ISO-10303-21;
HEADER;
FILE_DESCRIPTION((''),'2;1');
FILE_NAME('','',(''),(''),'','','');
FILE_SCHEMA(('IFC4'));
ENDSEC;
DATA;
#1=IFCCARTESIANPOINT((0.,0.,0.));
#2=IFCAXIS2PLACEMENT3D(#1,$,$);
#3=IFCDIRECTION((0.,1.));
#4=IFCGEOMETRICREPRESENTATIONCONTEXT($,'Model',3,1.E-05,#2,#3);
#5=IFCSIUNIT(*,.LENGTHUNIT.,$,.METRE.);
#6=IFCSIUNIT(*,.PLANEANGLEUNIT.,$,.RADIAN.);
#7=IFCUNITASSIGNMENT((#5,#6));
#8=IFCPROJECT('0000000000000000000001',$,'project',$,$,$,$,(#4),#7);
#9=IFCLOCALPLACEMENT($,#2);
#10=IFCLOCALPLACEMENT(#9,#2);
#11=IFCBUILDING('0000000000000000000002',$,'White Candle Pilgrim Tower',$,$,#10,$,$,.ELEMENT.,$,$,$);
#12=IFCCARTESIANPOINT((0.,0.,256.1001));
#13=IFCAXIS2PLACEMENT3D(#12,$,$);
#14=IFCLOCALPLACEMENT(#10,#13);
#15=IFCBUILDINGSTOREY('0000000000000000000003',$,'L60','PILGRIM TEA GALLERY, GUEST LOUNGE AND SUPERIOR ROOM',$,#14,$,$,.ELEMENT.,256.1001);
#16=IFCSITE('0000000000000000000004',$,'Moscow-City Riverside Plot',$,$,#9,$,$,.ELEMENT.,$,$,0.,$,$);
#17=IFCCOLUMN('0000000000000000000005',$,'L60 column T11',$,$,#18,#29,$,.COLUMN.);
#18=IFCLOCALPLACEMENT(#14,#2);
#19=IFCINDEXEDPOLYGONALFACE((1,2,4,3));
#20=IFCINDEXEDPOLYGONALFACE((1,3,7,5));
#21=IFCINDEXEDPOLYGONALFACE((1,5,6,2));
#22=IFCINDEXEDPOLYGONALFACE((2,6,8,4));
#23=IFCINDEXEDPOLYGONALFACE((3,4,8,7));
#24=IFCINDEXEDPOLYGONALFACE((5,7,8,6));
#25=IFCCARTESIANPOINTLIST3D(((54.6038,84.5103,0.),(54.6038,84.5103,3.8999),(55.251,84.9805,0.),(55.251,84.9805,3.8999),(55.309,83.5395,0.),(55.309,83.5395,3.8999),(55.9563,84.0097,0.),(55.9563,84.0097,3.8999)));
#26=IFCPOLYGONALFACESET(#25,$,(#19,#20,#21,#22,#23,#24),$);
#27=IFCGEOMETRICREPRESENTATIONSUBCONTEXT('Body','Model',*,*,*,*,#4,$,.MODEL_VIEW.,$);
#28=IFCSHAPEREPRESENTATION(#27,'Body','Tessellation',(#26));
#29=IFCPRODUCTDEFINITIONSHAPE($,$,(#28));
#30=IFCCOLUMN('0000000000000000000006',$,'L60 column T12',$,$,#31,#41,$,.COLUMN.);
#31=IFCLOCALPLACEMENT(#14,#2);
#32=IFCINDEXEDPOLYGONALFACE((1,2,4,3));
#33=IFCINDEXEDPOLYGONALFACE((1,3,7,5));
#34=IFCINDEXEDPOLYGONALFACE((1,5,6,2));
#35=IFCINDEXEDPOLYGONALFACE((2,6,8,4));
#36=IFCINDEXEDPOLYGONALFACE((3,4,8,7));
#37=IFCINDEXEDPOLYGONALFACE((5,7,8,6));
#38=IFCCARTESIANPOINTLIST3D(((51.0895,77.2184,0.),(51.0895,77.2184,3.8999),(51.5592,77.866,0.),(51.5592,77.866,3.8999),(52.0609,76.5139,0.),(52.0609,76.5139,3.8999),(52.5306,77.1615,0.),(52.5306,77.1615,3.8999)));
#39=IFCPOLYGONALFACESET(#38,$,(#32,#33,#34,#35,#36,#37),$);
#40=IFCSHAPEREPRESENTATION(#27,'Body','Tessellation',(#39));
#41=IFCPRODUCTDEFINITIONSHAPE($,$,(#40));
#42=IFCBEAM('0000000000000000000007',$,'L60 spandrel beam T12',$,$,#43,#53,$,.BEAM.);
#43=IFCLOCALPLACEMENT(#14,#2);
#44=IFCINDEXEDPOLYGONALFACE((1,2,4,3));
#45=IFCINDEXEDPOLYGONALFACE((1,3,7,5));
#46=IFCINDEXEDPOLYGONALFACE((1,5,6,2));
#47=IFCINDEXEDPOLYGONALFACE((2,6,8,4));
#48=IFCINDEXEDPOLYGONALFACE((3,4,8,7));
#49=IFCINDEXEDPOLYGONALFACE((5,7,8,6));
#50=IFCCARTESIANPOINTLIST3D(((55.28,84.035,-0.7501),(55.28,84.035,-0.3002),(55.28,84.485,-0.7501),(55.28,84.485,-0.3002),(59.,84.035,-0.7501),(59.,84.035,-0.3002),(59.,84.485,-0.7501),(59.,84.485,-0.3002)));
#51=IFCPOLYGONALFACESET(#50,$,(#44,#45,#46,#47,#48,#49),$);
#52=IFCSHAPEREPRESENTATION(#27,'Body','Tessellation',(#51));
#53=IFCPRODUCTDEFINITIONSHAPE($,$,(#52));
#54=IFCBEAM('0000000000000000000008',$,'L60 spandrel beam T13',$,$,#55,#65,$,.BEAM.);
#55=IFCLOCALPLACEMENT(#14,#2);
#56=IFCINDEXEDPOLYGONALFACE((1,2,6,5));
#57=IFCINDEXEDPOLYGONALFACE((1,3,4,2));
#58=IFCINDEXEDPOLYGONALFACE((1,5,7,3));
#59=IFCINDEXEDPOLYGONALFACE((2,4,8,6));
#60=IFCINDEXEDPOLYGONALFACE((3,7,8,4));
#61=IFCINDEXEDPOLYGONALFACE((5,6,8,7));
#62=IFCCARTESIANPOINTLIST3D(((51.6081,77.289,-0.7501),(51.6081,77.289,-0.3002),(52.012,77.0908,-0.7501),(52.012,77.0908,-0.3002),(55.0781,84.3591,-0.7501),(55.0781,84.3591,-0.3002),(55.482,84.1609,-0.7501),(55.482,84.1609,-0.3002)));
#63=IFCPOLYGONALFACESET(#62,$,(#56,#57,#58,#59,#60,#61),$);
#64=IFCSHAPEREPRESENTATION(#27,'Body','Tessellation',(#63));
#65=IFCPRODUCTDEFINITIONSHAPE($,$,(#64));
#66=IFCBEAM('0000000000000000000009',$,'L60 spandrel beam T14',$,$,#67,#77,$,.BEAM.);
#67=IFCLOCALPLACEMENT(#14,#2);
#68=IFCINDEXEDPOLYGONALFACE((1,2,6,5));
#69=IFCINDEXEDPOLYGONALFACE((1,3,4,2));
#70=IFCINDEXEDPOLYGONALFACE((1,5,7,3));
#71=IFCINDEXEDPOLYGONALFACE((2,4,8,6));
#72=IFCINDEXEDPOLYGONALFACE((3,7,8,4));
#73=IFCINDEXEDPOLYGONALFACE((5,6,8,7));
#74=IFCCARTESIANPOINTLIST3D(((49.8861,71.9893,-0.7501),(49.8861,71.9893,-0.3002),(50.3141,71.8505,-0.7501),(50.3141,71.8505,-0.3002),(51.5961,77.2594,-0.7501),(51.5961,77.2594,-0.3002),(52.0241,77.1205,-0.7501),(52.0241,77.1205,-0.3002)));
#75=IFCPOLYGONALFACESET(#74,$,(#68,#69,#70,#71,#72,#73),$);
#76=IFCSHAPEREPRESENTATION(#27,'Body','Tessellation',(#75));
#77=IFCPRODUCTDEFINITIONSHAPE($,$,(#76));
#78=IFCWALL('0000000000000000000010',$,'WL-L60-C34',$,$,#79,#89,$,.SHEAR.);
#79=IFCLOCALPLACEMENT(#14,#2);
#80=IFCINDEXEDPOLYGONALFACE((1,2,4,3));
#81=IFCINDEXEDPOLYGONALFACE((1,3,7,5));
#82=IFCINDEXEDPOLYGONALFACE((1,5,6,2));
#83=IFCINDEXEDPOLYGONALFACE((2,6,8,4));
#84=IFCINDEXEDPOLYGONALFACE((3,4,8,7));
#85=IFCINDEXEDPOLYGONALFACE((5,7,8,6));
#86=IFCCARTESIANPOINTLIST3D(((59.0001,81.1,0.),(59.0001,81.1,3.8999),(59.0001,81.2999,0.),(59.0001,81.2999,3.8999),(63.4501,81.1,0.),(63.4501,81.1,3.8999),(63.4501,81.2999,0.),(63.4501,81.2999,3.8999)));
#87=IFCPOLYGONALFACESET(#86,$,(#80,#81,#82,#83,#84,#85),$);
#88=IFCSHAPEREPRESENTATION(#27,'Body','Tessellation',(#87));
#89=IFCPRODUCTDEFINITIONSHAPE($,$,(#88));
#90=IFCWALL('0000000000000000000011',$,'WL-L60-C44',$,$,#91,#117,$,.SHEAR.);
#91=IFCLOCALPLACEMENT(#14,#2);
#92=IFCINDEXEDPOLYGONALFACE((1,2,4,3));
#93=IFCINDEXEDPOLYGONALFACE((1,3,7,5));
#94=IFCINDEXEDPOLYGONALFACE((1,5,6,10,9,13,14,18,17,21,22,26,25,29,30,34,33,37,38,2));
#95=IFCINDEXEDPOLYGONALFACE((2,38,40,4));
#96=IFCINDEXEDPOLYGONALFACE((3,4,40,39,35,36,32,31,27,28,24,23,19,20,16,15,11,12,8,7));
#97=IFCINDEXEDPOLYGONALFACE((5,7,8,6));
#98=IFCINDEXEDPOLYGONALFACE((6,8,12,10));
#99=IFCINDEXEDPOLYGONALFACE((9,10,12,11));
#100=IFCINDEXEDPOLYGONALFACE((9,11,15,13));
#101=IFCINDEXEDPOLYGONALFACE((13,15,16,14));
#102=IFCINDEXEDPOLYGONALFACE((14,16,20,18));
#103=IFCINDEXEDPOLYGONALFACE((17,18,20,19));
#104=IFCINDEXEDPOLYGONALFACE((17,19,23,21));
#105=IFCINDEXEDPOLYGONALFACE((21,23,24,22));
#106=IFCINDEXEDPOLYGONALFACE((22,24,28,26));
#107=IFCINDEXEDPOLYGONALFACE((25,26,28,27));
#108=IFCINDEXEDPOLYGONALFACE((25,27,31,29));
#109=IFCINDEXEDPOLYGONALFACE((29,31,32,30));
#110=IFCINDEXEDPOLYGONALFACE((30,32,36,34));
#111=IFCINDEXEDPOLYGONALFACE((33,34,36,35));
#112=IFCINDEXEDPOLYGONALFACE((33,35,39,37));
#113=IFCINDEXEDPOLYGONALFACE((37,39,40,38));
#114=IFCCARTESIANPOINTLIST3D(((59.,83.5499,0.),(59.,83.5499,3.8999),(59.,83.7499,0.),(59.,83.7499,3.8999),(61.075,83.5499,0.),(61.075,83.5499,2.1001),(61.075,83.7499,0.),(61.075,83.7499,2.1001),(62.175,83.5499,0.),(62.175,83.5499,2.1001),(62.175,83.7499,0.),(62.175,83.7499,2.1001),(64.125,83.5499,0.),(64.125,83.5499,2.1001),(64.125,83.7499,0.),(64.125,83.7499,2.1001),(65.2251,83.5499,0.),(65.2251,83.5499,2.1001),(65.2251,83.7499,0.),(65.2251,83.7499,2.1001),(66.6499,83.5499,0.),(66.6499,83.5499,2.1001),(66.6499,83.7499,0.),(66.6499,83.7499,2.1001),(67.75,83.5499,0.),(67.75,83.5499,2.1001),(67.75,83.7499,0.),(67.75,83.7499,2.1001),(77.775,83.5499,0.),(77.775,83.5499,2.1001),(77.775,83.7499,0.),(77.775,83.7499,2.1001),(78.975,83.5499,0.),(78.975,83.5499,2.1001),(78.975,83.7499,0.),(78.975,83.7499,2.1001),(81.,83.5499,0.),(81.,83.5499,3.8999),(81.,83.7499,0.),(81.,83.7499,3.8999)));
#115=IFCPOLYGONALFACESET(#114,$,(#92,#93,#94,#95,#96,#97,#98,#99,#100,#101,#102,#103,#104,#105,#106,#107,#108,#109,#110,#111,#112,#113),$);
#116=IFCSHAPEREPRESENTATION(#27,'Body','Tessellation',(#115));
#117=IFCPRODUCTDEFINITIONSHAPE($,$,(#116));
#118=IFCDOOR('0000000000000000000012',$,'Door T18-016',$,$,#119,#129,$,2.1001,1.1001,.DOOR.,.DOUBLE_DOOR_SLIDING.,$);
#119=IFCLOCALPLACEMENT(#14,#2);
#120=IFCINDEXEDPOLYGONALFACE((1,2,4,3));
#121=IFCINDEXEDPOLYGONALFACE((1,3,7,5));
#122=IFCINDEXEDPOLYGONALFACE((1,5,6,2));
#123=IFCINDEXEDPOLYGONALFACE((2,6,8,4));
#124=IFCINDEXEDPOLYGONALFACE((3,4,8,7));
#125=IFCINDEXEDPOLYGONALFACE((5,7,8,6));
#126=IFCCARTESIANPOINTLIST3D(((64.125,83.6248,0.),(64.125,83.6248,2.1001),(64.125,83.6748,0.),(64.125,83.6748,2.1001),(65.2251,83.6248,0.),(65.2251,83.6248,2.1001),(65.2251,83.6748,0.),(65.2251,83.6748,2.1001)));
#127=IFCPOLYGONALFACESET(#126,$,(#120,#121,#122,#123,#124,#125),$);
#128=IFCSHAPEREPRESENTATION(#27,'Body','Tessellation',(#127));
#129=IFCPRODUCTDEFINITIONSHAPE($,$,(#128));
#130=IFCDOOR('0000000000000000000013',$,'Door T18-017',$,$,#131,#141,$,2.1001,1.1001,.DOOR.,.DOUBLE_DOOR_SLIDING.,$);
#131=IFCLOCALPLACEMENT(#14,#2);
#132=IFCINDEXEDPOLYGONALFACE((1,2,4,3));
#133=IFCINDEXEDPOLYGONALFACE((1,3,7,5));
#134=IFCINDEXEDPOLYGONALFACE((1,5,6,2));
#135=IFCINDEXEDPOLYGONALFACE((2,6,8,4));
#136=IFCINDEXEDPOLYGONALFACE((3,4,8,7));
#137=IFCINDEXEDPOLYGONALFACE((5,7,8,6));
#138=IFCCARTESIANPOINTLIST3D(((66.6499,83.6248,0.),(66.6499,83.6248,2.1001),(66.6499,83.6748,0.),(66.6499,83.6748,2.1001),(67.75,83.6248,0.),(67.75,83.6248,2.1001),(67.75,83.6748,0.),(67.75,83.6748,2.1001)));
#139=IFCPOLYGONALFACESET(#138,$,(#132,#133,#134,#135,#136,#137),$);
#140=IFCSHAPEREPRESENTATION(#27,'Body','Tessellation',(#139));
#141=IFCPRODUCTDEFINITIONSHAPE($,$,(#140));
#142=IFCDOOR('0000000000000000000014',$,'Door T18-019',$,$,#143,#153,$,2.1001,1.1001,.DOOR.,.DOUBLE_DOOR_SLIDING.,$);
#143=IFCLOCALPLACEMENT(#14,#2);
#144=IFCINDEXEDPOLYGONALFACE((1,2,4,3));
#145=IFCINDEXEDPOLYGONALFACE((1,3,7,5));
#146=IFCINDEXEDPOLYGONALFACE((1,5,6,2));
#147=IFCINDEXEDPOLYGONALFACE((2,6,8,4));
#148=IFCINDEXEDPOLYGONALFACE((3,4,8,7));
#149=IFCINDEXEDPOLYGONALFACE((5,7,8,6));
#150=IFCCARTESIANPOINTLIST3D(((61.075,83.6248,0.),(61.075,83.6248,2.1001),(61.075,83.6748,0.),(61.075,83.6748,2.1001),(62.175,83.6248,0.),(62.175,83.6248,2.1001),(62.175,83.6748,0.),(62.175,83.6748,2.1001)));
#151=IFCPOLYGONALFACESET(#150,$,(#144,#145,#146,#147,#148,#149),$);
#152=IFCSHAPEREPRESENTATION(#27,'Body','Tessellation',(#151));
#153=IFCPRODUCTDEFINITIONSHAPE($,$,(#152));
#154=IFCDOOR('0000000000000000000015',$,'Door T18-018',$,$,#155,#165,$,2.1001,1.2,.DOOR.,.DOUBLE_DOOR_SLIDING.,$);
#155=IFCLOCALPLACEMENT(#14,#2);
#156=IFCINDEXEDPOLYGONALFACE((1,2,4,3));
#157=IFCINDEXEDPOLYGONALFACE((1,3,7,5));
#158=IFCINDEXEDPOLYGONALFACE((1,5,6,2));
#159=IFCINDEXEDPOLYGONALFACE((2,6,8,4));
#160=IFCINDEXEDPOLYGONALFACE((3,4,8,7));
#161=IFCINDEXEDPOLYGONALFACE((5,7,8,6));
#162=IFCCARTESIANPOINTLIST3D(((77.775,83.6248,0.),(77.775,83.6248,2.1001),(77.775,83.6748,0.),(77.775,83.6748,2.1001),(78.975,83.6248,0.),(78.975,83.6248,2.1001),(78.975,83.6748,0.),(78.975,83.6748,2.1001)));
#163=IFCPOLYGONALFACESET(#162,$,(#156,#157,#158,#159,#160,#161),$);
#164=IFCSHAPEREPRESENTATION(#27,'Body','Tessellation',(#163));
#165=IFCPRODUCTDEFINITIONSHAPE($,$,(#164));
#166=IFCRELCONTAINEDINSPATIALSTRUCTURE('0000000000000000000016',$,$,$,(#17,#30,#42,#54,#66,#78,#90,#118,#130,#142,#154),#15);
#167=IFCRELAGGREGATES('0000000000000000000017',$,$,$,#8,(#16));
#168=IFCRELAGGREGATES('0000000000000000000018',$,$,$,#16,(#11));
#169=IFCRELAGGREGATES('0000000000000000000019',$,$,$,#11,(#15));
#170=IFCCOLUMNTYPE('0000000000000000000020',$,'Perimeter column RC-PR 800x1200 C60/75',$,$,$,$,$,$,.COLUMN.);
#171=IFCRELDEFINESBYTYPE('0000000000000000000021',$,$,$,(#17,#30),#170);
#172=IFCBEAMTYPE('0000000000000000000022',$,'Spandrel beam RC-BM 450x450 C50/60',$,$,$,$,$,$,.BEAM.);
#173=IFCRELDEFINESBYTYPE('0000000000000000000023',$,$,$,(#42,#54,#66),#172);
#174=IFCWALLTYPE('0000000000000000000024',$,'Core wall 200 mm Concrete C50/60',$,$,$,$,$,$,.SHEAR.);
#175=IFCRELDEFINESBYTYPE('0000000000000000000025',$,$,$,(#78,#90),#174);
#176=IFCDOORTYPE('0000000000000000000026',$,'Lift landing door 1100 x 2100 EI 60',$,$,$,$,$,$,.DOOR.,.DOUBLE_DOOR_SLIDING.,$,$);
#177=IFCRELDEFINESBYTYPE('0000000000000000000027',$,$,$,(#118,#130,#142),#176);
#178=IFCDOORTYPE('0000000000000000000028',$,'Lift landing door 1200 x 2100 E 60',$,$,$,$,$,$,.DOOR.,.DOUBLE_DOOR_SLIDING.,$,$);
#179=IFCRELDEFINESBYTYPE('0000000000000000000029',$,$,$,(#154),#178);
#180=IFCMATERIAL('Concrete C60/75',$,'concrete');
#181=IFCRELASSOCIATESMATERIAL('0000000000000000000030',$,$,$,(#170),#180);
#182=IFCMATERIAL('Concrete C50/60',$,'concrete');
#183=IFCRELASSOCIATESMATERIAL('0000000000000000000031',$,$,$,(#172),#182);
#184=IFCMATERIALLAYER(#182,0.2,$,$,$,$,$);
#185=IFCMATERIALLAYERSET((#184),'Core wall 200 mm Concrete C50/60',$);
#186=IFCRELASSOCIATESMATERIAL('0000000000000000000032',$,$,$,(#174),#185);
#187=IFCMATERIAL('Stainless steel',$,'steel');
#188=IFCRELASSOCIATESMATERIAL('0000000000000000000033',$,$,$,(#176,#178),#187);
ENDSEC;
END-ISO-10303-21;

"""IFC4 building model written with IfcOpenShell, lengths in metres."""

from ifc_helpers import new_model, si_unit, direction, frame, frame_2d, origin, origin_2d, place, context, subcontext, project, spatial, rectangle, extrude, material, layer, layer_set, material_profile, profile_set, type_object, element, fill, save


model = new_model("IFC4")

# Units and contexts
model_context = context("Model", 3, precision=1e-05, world=origin(), true_north=direction((0.0, 1.0)))
body_context = subcontext(model_context, "Body", "Model", "MODEL_VIEW")
ifc_project = project(units=[si_unit("LENGTHUNIT", "METRE"), si_unit("PLANEANGLEUNIT", "RADIAN")], contexts=[model_context])

# Site, building, storey
site_placement = place(None, origin())
site = spatial("IfcSite", under=ifc_project, at=site_placement, Name="Moscow-City Riverside Plot", CompositionType="ELEMENT", RefElevation=0.0)
building_placement = place(site_placement, origin())
building = spatial("IfcBuilding", under=site, at=building_placement, Name="White Candle Pilgrim Tower", CompositionType="ELEMENT")
storey_placement = place(building_placement, frame((0.0, 0.0, 256.1001)))
storey = spatial("IfcBuildingStorey", under=building, at=storey_placement, Name="L60", Description="PILGRIM TEA GALLERY, GUEST LOUNGE AND SUPERIOR ROOM", CompositionType="ELEMENT", Elevation=256.1001)

# Columns
ifc_material_1 = material(Name="Concrete C60/75", Category="concrete")
ifc_material_profile_1 = material_profile(ifc_material_1, rectangle(XDim=0.8, YDim=1.2, at=origin_2d()), Name="RC-PR 800x1200")
ifc_profile_set_1 = profile_set([ifc_material_profile_1], Name="Concrete C60/75")
column_type = type_object("IfcColumnType", Name="Perimeter column RC-PR 800x1200 C60/75", PredefinedType="COLUMN", material=ifc_profile_set_1)
for number, where, z_axis, x_axis, name in (
    (1, (55.28, 84.26, 0.0), (0.0, 0.0, 1.0), (0.809027, 0.587771, 0.0), "L60 column T11"),
    (2, (51.8101, 77.1899, 0.0), (0.0, 0.0, 1.0), (0.587107, 0.809509, 0.0), "L60 column T12"),
):
    element("IfcColumn", number, at=place(storey_placement, frame(where, z_axis=z_axis, x_axis=x_axis)), inside=storey, type_object=column_type, Name=name, PredefinedType="COLUMN", context=body_context, shape_type="SweptSolid", body=[
        extrude(rectangle(XDim=0.8, YDim=1.2, at=origin_2d()), origin(), (0.0, 0.0, 1.0), 3.8999),
    ])

# Beams
ifc_material_2 = material(Name="Concrete C50/60", Category="concrete")
ifc_material_profile_2 = material_profile(ifc_material_2, rectangle(XDim=0.45, YDim=0.45, at=origin_2d()), Name="RC-BM 450x450")
ifc_profile_set_2 = profile_set([ifc_material_profile_2], Name="Concrete C50/60")
beam_type = type_object("IfcBeamType", Name="Spandrel beam RC-BM 450x450 C50/60", PredefinedType="BEAM", material=ifc_profile_set_2)
beam_1_placement = place(storey_placement, frame((55.28, 84.26, -0.5251), z_axis=(1.0, 0.0, 0.0), x_axis=(0.0, 1.0, 0.0)))
element("IfcBeam", 3, at=beam_1_placement, inside=storey, type_object=beam_type, Name="L60 spandrel beam T12", PredefinedType="BEAM", context=body_context, shape_type="SweptSolid", body=[
    extrude(rectangle(XDim=0.45, YDim=0.45, at=origin_2d()), origin(), (0.0, 0.0, 1.0), 3.72),
])
beam_2_placement = place(storey_placement, frame((55.28, 84.26, -0.5251), z_axis=(-0.440592, -0.897707, 0.0), x_axis=(0.897707, -0.440592, 0.0)))
element("IfcBeam", 4, at=beam_2_placement, inside=storey, type_object=beam_type, Name="L60 spandrel beam T13", PredefinedType="BEAM", context=body_context, shape_type="SweptSolid", body=[
    extrude(rectangle(XDim=0.45, YDim=0.45, at=origin_2d()), origin(), (0.0, 0.0, 1.0), 7.8757),
])
beam_3_placement = place(storey_placement, frame((51.8101, 77.1899, -0.5251), z_axis=(-0.30863, -0.951182, 0.0), x_axis=(0.951182, -0.30863, 0.0)))
element("IfcBeam", 5, at=beam_3_placement, inside=storey, type_object=beam_type, Name="L60 spandrel beam T14", PredefinedType="BEAM", context=body_context, shape_type="SweptSolid", body=[
    extrude(rectangle(XDim=0.45, YDim=0.45, at=origin_2d()), origin(), (0.0, 0.0, 1.0), 5.5405),
])

# Wall
ifc_layer_1 = layer(ifc_material_2, 0.2)
ifc_layer_set_1 = layer_set([ifc_layer_1], Name="Core wall 200 mm Concrete C50/60")
wall_type_1 = type_object("IfcWallType", Name="Core wall 200 mm Concrete C50/60", PredefinedType="SHEAR", material=ifc_layer_set_1)
wall_1_placement = place(storey_placement, frame((59.0, 81.2, 0.0), z_axis=(0.0, 0.0, 1.0), x_axis=(1.0, 0.0, 0.0)))
element("IfcWall", 6, at=wall_1_placement, inside=storey, type_object=wall_type_1, Name="WL-L60-C34", PredefinedType="SHEAR", context=body_context, shape_type="SweptSolid", body=[
    extrude(rectangle(XDim=4.45, YDim=0.2, at=frame_2d((2.2251, 0.0))), origin(), (0.0, 0.0, 1.0), 3.8999),
])

# Wall, openings, doors
wall_2_placement = place(storey_placement, frame((59.0, 83.6499, 0.0), z_axis=(0.0, 0.0, 1.0), x_axis=(1.0, 0.0, 0.0)))
wall_2 = element("IfcWall", 7, at=wall_2_placement, inside=storey, type_object=wall_type_1, Name="WL-L60-C44", PredefinedType="SHEAR", context=body_context, shape_type="SweptSolid", body=[
    extrude(rectangle(XDim=22.0, YDim=0.2, at=frame_2d((11.0, 0.0))), origin(), (0.0, 0.0, 1.0), 3.8999),
])
opening_1_placement = place(wall_2_placement, frame((5.125, 0.0, 0.0)))
opening_1 = element("IfcOpeningElement", 8, at=opening_1_placement, cuts=wall_2, PredefinedType="OPENING", context=body_context, shape_type="SweptSolid", body=[
    extrude(rectangle(XDim=1.1001, YDim=2.1001, at=frame_2d((0.55, 1.05))), frame((0.0, 0.1099, 0.0), z_axis=(0.0, -1.0, 0.0), x_axis=(1.0, 0.0, 0.0)), (0.0, 0.0, 1.0), 0.22),
])
opening_2_placement = place(wall_2_placement, frame((7.6499, 0.0, 0.0)))
opening_2 = element("IfcOpeningElement", 9, at=opening_2_placement, cuts=wall_2, PredefinedType="OPENING", context=body_context, shape_type="SweptSolid", body=[
    extrude(rectangle(XDim=1.1001, YDim=2.1001, at=frame_2d((0.55, 1.05))), frame((0.0, 0.1099, 0.0), z_axis=(0.0, -1.0, 0.0), x_axis=(1.0, 0.0, 0.0)), (0.0, 0.0, 1.0), 0.22),
])
opening_3_placement = place(wall_2_placement, frame((18.7749, 0.0, 0.0)))
opening_3 = element("IfcOpeningElement", 10, at=opening_3_placement, cuts=wall_2, PredefinedType="OPENING", context=body_context, shape_type="SweptSolid", body=[
    extrude(rectangle(XDim=1.2, YDim=2.1001, at=frame_2d((0.6001, 1.05))), frame((0.0, 0.1099, 0.0), z_axis=(0.0, -1.0, 0.0), x_axis=(1.0, 0.0, 0.0)), (0.0, 0.0, 1.0), 0.22),
])
opening_4_placement = place(wall_2_placement, frame((2.075, 0.0, 0.0)))
opening_4 = element("IfcOpeningElement", 11, at=opening_4_placement, cuts=wall_2, PredefinedType="OPENING", context=body_context, shape_type="SweptSolid", body=[
    extrude(rectangle(XDim=1.1001, YDim=2.1001, at=frame_2d((0.55, 1.05))), frame((0.0, 0.1099, 0.0), z_axis=(0.0, -1.0, 0.0), x_axis=(1.0, 0.0, 0.0)), (0.0, 0.0, 1.0), 0.22),
])
ifc_material_3 = material(Name="Stainless steel", Category="steel")
door_type_1 = type_object("IfcDoorType", Name="Lift landing door 1100 x 2100 EI 60", OperationType="DOUBLE_DOOR_SLIDING", PredefinedType="DOOR", material=ifc_material_3)
door_1_placement = place(opening_1_placement, origin())
door_1 = element("IfcDoor", 12, at=door_1_placement, inside=storey, type_object=door_type_1, Name="Door T18-016", OperationType="DOUBLE_DOOR_SLIDING", OverallHeight=2.1001, OverallWidth=1.1001, PredefinedType="DOOR", context=body_context, shape_type="SweptSolid", body=[
    extrude(rectangle(XDim=1.1001, YDim=2.1001, at=frame_2d((0.55, 1.05))), frame((0.0, 0.0249, 0.0), z_axis=(0.0, -1.0, 0.0), x_axis=(1.0, 0.0, 0.0)), (0.0, 0.0, 1.0), 0.05),
])
fill(opening_1, door_1)
door_2_placement = place(opening_2_placement, origin())
door_2 = element("IfcDoor", 13, at=door_2_placement, inside=storey, type_object=door_type_1, Name="Door T18-017", OperationType="DOUBLE_DOOR_SLIDING", OverallHeight=2.1001, OverallWidth=1.1001, PredefinedType="DOOR", context=body_context, shape_type="SweptSolid", body=[
    extrude(rectangle(XDim=1.1001, YDim=2.1001, at=frame_2d((0.55, 1.05))), frame((0.0, 0.0249, 0.0), z_axis=(0.0, -1.0, 0.0), x_axis=(1.0, 0.0, 0.0)), (0.0, 0.0, 1.0), 0.05),
])
fill(opening_2, door_2)
door_3_placement = place(opening_4_placement, origin())
door_3 = element("IfcDoor", 14, at=door_3_placement, inside=storey, type_object=door_type_1, Name="Door T18-019", OperationType="DOUBLE_DOOR_SLIDING", OverallHeight=2.1001, OverallWidth=1.1001, PredefinedType="DOOR", context=body_context, shape_type="SweptSolid", body=[
    extrude(rectangle(XDim=1.1001, YDim=2.1001, at=frame_2d((0.55, 1.05))), frame((0.0, 0.0249, 0.0), z_axis=(0.0, -1.0, 0.0), x_axis=(1.0, 0.0, 0.0)), (0.0, 0.0, 1.0), 0.05),
])
fill(opening_4, door_3)
door_type_2 = type_object("IfcDoorType", Name="Lift landing door 1200 x 2100 E 60", OperationType="DOUBLE_DOOR_SLIDING", PredefinedType="DOOR", material=ifc_material_3)
door_4_placement = place(opening_3_placement, origin())
door_4 = element("IfcDoor", 15, at=door_4_placement, inside=storey, type_object=door_type_2, Name="Door T18-018", OperationType="DOUBLE_DOOR_SLIDING", OverallHeight=2.1001, OverallWidth=1.2, PredefinedType="DOOR", context=body_context, shape_type="SweptSolid", body=[
    extrude(rectangle(XDim=1.2, YDim=2.1001, at=frame_2d((0.6001, 1.05))), frame((0.0, 0.0249, 0.0), z_axis=(0.0, -1.0, 0.0), x_axis=(1.0, 0.0, 0.0)), (0.0, 0.0, 1.0), 0.05),
])
fill(opening_3, door_4)

save(model, "model.ifc")
